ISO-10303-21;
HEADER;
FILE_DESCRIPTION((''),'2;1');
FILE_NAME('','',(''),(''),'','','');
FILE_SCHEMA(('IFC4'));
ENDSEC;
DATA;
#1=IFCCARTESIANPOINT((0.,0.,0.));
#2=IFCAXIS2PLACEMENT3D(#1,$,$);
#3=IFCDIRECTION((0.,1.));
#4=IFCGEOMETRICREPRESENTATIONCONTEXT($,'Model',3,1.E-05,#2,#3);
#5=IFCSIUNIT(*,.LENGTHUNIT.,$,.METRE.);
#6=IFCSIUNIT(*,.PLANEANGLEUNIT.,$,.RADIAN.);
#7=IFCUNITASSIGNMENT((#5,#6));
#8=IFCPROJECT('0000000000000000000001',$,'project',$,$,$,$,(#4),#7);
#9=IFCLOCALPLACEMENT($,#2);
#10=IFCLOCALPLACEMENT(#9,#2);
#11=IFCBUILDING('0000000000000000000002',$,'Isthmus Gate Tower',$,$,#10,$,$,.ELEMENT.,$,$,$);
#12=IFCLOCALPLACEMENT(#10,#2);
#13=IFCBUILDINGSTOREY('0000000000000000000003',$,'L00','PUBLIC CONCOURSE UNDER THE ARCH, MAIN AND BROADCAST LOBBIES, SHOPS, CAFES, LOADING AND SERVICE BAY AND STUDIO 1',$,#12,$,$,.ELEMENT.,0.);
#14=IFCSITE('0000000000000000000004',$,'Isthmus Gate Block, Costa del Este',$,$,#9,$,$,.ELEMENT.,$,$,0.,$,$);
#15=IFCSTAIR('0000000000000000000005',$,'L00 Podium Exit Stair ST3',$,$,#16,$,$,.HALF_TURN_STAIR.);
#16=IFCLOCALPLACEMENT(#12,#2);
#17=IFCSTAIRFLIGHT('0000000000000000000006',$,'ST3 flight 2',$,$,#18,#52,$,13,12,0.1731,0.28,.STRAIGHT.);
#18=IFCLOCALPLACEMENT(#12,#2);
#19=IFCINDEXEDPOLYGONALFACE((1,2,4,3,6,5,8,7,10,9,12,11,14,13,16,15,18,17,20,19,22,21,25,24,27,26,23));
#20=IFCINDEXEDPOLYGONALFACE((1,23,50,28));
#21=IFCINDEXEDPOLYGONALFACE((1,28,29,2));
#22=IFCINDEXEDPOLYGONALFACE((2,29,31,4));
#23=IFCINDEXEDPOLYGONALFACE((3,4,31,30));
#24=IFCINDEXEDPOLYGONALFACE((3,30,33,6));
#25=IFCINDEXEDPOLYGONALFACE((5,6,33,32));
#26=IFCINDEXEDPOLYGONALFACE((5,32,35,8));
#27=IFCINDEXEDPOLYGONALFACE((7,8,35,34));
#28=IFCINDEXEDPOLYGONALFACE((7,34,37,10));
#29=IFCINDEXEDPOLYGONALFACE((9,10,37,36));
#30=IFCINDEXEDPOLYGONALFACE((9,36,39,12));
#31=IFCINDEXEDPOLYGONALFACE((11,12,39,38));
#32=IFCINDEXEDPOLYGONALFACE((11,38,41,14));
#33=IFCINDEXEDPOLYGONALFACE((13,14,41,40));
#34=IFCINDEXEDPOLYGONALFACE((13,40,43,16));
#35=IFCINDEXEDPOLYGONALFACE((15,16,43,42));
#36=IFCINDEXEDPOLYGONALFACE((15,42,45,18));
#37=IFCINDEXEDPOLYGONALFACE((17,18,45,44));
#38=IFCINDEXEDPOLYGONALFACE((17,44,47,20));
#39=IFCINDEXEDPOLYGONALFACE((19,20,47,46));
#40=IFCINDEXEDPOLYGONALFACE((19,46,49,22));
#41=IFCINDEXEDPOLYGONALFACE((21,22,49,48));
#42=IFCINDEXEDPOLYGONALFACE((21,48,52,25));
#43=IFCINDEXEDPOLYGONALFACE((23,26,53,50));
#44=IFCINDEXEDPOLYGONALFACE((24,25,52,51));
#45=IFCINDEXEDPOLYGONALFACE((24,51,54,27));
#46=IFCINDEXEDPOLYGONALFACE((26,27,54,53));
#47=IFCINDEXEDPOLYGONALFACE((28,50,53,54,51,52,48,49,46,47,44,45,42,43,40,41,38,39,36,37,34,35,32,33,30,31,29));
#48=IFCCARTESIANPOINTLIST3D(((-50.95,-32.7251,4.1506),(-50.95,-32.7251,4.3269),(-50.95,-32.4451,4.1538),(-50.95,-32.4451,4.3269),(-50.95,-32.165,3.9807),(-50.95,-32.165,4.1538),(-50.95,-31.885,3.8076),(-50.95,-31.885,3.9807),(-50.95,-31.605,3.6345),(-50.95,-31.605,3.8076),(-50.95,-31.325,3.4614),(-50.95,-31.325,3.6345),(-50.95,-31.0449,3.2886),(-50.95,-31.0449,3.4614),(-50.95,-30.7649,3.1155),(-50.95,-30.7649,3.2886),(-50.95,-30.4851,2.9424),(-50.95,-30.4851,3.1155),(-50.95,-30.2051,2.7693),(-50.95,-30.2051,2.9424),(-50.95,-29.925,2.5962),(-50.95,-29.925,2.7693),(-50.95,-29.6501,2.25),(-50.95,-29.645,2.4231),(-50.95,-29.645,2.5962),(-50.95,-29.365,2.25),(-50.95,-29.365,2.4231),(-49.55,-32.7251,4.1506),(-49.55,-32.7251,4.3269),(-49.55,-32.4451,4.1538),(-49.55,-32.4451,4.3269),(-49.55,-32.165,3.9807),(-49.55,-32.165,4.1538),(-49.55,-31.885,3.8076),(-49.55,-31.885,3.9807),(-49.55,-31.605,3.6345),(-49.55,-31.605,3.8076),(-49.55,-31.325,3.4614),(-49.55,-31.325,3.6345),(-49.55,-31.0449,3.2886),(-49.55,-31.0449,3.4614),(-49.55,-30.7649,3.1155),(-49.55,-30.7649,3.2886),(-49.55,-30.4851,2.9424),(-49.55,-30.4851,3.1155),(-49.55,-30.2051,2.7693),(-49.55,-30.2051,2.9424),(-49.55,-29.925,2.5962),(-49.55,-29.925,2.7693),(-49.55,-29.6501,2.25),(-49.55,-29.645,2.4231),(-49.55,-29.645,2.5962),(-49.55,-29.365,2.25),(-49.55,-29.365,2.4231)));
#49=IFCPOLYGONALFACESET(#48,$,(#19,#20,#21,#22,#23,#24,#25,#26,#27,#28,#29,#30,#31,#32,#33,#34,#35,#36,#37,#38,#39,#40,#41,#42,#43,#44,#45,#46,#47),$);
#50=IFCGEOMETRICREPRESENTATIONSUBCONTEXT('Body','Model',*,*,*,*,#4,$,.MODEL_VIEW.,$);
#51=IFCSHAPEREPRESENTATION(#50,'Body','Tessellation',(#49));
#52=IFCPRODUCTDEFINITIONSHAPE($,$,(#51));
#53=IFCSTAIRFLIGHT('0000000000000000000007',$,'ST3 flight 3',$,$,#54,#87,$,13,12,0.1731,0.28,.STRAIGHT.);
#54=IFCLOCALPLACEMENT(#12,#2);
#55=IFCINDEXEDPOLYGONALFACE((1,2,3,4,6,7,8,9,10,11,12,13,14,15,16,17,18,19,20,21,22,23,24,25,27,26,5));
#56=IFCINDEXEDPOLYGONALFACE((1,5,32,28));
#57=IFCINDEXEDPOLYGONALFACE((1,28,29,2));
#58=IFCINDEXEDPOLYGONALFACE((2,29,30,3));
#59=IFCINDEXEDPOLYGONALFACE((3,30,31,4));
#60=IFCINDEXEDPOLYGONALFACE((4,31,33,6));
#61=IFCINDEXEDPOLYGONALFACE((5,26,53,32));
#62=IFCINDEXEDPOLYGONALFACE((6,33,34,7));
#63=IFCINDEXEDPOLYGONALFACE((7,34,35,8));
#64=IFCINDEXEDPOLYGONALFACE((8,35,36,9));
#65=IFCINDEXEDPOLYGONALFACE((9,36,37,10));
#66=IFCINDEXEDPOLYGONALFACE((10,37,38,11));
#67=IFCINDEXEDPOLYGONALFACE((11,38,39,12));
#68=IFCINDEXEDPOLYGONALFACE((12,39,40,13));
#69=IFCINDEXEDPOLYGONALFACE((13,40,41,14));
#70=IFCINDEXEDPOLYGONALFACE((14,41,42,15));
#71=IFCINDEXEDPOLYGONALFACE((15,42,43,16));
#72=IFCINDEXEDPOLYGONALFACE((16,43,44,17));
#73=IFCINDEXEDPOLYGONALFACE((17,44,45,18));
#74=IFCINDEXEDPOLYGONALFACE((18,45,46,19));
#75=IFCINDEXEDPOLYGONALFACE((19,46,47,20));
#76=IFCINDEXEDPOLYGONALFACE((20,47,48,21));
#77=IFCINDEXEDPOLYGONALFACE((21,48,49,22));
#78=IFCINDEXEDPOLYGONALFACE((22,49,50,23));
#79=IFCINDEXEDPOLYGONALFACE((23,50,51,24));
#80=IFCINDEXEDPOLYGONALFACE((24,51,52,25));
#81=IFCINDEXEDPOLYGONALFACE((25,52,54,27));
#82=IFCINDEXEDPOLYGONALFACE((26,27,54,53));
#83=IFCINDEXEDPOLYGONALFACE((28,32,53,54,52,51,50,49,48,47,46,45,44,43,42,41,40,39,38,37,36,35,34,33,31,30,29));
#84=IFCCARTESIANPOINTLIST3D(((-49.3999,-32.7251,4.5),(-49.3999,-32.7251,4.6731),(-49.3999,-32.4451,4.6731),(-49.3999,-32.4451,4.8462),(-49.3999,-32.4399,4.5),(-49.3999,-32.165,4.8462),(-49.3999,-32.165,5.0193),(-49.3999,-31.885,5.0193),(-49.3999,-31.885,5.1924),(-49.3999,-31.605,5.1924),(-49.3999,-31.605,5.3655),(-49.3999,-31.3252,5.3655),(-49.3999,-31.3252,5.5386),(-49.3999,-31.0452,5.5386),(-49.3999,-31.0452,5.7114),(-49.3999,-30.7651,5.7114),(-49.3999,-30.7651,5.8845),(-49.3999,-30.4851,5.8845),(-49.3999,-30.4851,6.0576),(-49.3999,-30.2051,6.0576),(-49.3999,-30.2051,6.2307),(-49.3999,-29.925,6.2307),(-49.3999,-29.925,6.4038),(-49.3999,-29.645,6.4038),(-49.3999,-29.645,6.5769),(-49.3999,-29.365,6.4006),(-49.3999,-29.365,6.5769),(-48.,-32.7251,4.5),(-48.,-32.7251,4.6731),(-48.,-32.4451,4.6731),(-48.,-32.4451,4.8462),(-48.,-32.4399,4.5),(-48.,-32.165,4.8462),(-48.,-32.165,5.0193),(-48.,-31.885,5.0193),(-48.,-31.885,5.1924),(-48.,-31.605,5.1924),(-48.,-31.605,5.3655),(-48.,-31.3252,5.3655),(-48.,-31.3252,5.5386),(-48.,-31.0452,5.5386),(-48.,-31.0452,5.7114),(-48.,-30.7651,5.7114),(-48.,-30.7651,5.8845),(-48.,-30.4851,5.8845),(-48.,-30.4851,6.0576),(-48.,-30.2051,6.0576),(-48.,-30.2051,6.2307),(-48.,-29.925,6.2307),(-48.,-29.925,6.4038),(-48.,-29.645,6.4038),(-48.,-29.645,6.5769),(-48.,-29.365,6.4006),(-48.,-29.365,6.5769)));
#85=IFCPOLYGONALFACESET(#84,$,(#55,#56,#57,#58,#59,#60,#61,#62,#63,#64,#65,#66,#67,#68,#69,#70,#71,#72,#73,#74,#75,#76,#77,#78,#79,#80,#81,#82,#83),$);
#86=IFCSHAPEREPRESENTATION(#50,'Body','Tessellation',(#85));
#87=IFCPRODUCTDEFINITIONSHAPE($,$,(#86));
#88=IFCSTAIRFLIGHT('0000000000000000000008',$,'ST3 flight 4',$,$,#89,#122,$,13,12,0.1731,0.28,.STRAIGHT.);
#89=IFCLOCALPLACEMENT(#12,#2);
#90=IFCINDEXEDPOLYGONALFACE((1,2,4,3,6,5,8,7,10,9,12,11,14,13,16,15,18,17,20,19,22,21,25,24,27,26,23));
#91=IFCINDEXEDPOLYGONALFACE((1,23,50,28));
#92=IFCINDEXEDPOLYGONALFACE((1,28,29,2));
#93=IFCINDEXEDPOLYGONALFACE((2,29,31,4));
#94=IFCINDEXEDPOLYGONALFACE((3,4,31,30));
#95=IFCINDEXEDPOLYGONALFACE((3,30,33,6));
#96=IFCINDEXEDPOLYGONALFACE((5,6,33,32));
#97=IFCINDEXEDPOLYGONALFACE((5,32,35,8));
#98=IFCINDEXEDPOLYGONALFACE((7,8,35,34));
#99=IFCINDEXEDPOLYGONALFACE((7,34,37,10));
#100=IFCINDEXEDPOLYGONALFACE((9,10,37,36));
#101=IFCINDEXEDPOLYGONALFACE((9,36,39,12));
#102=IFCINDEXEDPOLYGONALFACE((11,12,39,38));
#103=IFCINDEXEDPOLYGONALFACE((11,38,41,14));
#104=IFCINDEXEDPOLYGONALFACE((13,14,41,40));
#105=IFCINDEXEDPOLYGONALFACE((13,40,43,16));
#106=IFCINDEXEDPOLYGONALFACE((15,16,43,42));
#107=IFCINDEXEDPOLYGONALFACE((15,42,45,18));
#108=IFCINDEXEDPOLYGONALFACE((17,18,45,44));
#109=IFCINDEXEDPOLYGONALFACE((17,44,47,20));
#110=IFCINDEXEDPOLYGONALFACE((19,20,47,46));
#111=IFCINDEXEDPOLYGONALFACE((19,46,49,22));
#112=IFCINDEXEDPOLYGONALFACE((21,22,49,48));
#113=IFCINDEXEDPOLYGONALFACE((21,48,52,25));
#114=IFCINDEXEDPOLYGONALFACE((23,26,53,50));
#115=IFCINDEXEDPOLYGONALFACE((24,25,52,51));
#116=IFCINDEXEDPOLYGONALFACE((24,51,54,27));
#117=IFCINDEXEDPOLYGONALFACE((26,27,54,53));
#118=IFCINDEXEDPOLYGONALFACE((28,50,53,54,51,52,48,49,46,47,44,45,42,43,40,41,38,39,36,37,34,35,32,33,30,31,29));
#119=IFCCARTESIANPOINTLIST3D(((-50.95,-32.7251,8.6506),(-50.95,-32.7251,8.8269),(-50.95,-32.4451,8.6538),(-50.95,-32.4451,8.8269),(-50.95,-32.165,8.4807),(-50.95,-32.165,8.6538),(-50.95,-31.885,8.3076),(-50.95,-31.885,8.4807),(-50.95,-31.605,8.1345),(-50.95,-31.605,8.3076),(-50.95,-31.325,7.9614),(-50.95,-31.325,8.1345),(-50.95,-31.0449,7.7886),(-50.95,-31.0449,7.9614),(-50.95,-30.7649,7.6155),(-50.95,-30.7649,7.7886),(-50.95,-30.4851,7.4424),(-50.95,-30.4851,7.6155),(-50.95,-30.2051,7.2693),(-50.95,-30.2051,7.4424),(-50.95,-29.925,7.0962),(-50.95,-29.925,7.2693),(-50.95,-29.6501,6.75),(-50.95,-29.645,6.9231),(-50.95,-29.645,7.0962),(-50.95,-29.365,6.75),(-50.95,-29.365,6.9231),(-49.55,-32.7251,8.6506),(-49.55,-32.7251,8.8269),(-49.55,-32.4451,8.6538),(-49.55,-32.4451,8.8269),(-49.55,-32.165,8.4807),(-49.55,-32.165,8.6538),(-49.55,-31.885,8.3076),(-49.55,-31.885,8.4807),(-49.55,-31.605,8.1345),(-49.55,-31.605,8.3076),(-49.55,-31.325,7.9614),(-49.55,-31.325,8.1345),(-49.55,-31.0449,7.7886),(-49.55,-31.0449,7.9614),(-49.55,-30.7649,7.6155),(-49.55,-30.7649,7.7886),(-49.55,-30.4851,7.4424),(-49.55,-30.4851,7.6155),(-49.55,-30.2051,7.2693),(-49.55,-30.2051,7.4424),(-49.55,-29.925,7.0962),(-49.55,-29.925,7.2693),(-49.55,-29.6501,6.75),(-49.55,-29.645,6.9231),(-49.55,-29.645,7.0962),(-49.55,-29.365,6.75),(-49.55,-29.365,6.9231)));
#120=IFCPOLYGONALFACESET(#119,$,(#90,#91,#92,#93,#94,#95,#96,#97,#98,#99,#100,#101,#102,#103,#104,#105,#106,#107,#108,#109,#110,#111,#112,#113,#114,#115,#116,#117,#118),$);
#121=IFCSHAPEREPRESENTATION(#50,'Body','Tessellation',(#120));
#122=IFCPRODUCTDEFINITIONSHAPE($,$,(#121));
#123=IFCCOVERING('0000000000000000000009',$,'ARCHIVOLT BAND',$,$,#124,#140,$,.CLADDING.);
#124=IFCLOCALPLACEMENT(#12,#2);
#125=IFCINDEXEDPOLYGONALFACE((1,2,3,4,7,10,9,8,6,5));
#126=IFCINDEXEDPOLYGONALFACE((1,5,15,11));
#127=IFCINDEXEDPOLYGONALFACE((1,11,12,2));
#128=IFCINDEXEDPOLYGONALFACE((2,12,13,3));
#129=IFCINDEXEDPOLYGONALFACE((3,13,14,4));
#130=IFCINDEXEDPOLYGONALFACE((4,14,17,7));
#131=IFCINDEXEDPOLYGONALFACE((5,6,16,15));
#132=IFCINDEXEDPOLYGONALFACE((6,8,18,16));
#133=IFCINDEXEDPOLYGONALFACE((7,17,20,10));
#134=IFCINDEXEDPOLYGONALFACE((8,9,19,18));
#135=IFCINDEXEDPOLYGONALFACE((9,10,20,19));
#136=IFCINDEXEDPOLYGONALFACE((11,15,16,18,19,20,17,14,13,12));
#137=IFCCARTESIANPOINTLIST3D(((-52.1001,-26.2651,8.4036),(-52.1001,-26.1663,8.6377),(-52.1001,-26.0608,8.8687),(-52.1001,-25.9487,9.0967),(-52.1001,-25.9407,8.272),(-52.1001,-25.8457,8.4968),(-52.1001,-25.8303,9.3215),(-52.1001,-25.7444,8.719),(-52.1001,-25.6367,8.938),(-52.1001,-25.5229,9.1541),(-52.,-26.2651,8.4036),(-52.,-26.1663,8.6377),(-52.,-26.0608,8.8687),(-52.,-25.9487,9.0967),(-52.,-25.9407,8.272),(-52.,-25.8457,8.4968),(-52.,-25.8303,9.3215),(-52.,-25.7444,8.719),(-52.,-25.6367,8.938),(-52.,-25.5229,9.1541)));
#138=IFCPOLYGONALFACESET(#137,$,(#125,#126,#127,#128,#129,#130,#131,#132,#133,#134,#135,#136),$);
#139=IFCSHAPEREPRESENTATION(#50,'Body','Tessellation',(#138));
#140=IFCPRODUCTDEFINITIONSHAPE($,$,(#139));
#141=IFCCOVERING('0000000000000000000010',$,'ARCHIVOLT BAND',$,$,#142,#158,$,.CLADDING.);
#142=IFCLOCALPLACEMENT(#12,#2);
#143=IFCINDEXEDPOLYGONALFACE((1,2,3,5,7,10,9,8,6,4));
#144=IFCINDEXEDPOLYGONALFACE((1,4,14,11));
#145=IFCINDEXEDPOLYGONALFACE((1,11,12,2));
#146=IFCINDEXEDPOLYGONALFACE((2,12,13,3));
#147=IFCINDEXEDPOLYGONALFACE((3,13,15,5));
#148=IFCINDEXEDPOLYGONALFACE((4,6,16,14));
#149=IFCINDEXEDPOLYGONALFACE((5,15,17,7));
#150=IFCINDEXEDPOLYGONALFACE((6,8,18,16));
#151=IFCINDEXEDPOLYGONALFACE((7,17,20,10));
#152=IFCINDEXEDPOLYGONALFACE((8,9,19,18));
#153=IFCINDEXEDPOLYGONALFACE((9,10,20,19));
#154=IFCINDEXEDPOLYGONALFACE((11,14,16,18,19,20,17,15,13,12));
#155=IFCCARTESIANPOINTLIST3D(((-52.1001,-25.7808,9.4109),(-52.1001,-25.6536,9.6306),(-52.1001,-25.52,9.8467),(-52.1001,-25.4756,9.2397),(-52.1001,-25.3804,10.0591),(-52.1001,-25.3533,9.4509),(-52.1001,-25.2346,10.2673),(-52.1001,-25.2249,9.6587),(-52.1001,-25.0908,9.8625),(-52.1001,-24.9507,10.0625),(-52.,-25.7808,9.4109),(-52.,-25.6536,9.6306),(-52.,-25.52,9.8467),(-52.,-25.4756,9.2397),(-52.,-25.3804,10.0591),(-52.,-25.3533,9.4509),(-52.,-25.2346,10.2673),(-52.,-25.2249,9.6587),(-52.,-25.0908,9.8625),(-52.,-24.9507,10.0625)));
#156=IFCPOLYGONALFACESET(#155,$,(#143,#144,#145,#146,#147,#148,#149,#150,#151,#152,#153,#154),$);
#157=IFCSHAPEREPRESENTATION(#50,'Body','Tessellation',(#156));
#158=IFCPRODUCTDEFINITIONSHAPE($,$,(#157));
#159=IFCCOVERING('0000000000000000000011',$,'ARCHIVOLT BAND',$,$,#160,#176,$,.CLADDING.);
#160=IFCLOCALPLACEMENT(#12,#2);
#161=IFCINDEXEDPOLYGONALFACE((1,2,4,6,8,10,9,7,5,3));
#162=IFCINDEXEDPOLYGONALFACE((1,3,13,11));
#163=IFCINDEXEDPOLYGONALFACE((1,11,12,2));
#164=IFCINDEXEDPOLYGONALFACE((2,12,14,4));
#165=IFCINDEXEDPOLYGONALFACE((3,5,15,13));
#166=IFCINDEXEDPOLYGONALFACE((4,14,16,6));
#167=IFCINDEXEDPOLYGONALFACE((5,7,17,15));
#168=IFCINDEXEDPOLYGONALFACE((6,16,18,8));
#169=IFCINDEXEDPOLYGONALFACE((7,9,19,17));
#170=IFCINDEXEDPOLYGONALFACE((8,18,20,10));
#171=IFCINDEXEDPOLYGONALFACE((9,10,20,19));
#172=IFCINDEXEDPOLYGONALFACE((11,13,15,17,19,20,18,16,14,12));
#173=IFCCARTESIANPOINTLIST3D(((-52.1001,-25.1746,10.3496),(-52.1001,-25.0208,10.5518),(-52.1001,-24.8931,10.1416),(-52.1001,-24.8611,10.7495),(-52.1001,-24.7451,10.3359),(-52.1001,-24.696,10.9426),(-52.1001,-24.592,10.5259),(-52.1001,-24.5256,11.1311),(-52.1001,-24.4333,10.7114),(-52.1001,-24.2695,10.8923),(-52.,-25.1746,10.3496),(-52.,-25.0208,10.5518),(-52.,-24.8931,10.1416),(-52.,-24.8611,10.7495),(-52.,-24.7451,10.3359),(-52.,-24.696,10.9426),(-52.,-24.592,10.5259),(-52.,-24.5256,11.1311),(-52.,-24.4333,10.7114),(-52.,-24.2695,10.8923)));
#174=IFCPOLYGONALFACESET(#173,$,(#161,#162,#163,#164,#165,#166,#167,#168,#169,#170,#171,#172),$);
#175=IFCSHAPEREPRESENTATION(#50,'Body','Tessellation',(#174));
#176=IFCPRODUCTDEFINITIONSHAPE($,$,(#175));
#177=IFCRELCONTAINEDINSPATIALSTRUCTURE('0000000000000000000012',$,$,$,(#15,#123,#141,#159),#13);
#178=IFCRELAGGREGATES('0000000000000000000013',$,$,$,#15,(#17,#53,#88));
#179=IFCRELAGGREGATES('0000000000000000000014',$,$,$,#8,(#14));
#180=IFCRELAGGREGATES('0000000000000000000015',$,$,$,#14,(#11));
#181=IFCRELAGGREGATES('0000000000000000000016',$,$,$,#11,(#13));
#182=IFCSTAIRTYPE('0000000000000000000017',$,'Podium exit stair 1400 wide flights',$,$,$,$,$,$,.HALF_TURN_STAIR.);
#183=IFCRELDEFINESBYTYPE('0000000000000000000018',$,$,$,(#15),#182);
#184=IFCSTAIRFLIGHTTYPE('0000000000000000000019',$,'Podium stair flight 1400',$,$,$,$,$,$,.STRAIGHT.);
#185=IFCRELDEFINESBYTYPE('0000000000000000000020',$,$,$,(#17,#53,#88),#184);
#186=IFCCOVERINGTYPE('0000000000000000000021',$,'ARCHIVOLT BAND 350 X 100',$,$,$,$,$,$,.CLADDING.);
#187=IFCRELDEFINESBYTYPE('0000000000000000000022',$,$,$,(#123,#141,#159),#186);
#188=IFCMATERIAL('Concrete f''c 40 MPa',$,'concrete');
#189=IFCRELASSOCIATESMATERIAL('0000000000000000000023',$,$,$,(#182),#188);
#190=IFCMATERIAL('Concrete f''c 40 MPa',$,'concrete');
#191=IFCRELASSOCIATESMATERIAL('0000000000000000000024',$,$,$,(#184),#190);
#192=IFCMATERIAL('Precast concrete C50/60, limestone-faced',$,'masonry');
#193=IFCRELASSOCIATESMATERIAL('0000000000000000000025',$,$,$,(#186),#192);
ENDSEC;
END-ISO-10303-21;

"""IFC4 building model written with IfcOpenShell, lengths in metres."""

from ifc_helpers import new_model, si_unit, direction, frame, origin, place, context, subcontext, project, spatial, polyline, outline, extrude, material, type_object, element, aggregate, save


model = new_model("IFC4")

# Units and contexts
model_context = context("Model", 3, precision=1e-05, world=origin(), true_north=direction((0.0, 1.0)))
body_context = subcontext(model_context, "Body", "Model", "MODEL_VIEW")
ifc_project = project(units=[si_unit("LENGTHUNIT", "METRE"), si_unit("PLANEANGLEUNIT", "RADIAN")], contexts=[model_context])

# Site, building, storey
site_placement = place(None, origin())
site = spatial("IfcSite", under=ifc_project, at=site_placement, Name="Isthmus Gate Block, Costa del Este", CompositionType="ELEMENT", RefElevation=0.0)
building_placement = place(site_placement, origin())
building = spatial("IfcBuilding", under=site, at=building_placement, Name="Isthmus Gate Tower", CompositionType="ELEMENT")
storey_placement = place(building_placement, origin())
storey = spatial("IfcBuildingStorey", under=building, at=storey_placement, Name="L00", Description="PUBLIC CONCOURSE UNDER THE ARCH, MAIN AND BROADCAST LOBBIES, SHOPS, CAFES, LOADING AND SERVICE BAY AND STUDIO 1", CompositionType="ELEMENT", Elevation=0.0)

# Stair, stair flights
ifc_material_1 = material(Name="Concrete f'c 40 MPa", Category="concrete")
stair_type = type_object("IfcStairType", Name="Podium exit stair 1400 wide flights", PredefinedType="HALF_TURN_STAIR", material=ifc_material_1)
stair_placement = place(storey_placement, origin())
stair = element("IfcStair", 1, at=stair_placement, inside=storey, type_object=stair_type, Name="L00 Podium Exit Stair ST3", PredefinedType="HALF_TURN_STAIR")
ifc_material_2 = material(Name="Concrete f'c 40 MPa", Category="concrete")
stair_flight_type = type_object("IfcStairFlightType", Name="Podium stair flight 1400", PredefinedType="STRAIGHT", material=ifc_material_2)
stair_flight_1_placement = place(storey_placement, frame((-50.25, -29.365, 2.25), z_axis=(0.0, 0.0, 1.0), x_axis=(0.0, -1.0, 0.0)))
stair_flight_1 = element("IfcStairFlight", 2, at=stair_flight_1_placement, type_object=stair_flight_type, Name="ST3 flight 2", NumberOfRisers=13, NumberOfTreads=12, PredefinedType="STRAIGHT", RiserHeight=0.1731, TreadLength=0.28, context=body_context, shape_type="SweptSolid", body=[
    extrude(outline(polyline([(0.0, 0.0), (0.0, 0.1731), (0.28, 0.1731), (0.28, 0.3462), (0.5601, 0.3462), (0.5601, 0.5193), (0.8401, 0.5193), (0.8401, 0.6924), (1.1201, 0.6924), (1.1201, 0.8655), (1.3999, 0.8655), (1.3999, 1.0386), (1.6799, 1.0386), (1.6799, 1.2114), (1.96, 1.2114), (1.96, 1.3845), (2.24, 1.3845), (2.24, 1.5576), (2.52, 1.5576), (2.52, 1.7307), (2.8, 1.7307), (2.8, 1.9038), (3.0801, 1.9038), (3.0801, 2.0769), (3.3601, 2.0769), (3.3601, 2.25), (3.3601, 1.9006), (0.2852, 0.0), (0.0, 0.0)])), frame((0.0, 0.7, 0.0), z_axis=(0.0, -1.0, 0.0), x_axis=(1.0, 0.0, 0.0)), (0.0, 0.0, 1.0), 1.3999),
])
stair_flight_2_placement = place(storey_placement, frame((-48.7, -32.7251, 4.5), z_axis=(0.0, 0.0, 1.0), x_axis=(0.0, 1.0, 0.0)))
stair_flight_2 = element("IfcStairFlight", 3, at=stair_flight_2_placement, type_object=stair_flight_type, Name="ST3 flight 3", NumberOfRisers=13, NumberOfTreads=12, PredefinedType="STRAIGHT", RiserHeight=0.1731, TreadLength=0.28, context=body_context, shape_type="SweptSolid", body=[
    extrude(outline(polyline([(0.0, 0.0), (0.0, 0.1731), (0.28, 0.1731), (0.28, 0.3462), (0.5601, 0.3462), (0.5601, 0.5193), (0.8401, 0.5193), (0.8401, 0.6924), (1.1201, 0.6924), (1.1201, 0.8655), (1.3999, 0.8655), (1.3999, 1.0386), (1.6799, 1.0386), (1.6799, 1.2114), (1.96, 1.2114), (1.96, 1.3845), (2.24, 1.3845), (2.24, 1.5576), (2.52, 1.5576), (2.52, 1.7307), (2.8, 1.7307), (2.8, 1.9038), (3.0801, 1.9038), (3.0801, 2.0769), (3.3601, 2.0769), (3.3601, 2.25), (3.3601, 1.9006), (0.2852, 0.0), (0.0, 0.0)])), frame((0.0, 0.7, 0.0), z_axis=(0.0, -1.0, 0.0), x_axis=(1.0, 0.0, 0.0)), (0.0, 0.0, 1.0), 1.3999),
])
stair_flight_3_placement = place(storey_placement, frame((-50.25, -29.365, 6.75), z_axis=(0.0, 0.0, 1.0), x_axis=(0.0, -1.0, 0.0)))
stair_flight_3 = element("IfcStairFlight", 4, at=stair_flight_3_placement, type_object=stair_flight_type, Name="ST3 flight 4", NumberOfRisers=13, NumberOfTreads=12, PredefinedType="STRAIGHT", RiserHeight=0.1731, TreadLength=0.28, context=body_context, shape_type="SweptSolid", body=[
    extrude(outline(polyline([(0.0, 0.0), (0.0, 0.1731), (0.28, 0.1731), (0.28, 0.3462), (0.5601, 0.3462), (0.5601, 0.5193), (0.8401, 0.5193), (0.8401, 0.6924), (1.1201, 0.6924), (1.1201, 0.8655), (1.3999, 0.8655), (1.3999, 1.0386), (1.6799, 1.0386), (1.6799, 1.2114), (1.96, 1.2114), (1.96, 1.3845), (2.24, 1.3845), (2.24, 1.5576), (2.52, 1.5576), (2.52, 1.7307), (2.8, 1.7307), (2.8, 1.9038), (3.0801, 1.9038), (3.0801, 2.0769), (3.3601, 2.0769), (3.3601, 2.25), (3.3601, 1.9006), (0.2852, 0.0), (0.0, 0.0)])), frame((0.0, 0.7, 0.0), z_axis=(0.0, -1.0, 0.0), x_axis=(1.0, 0.0, 0.0)), (0.0, 0.0, 1.0), 1.3999),
])
aggregate(stair, [stair_flight_1, stair_flight_2, stair_flight_3])

# Coverings
ifc_material_3 = material(Name="Precast concrete C50/60, limestone-faced", Category="masonry")
covering_type_1 = type_object("IfcCoveringType", Name="ARCHIVOLT BAND 350 X 100", PredefinedType="CLADDING", material=ifc_material_3)
covering_1_placement = place(storey_placement, frame((-52.1001, -26.2651, 8.4036), z_axis=(-1.0, 0.0, 0.0), x_axis=(0.0, 0.389045, 0.921219)))
element("IfcCovering", 5, at=covering_1_placement, inside=storey, type_object=covering_type_1, Name="ARCHIVOLT BAND", PredefinedType="CLADDING", context=body_context, shape_type="SweptSolid", body=[
    extrude(outline(polyline([(0.0, 0.0), (0.2542, 0.0), (0.5079, 0.0073), (0.7616, 0.0218), (1.0148, 0.0434), (0.9801, 0.3917), (0.7368, 0.371), (0.4932, 0.357), (0.2491, 0.3501), (0.005, 0.3501), (0.0, 0.0)])), origin(), (0.0, 0.0, -1.0), 0.1001),
])
covering_2_placement = place(storey_placement, frame((-52.1001, -25.7808, 9.4109), z_axis=(-1.0, 0.0, 0.0), x_axis=(0.0, 0.500998, 0.865448)))
element("IfcCovering", 6, at=covering_2_placement, inside=storey, type_object=covering_type_1, Name="ARCHIVOLT BAND", PredefinedType="CLADDING", context=body_context, shape_type="SweptSolid", body=[
    extrude(outline(polyline([(0.0, 0.0), (0.2539, 0.0), (0.5078, 0.0073), (0.7616, 0.0218), (1.0148, 0.0436), (0.9798, 0.3919), (0.7365, 0.3708), (0.493, 0.357), (0.2488, 0.3499), (0.0048, 0.3499), (0.0, 0.0)])), origin(), (0.0, 0.0, -1.0), 0.1001),
])
covering_3_placement = place(storey_placement, frame((-52.1001, -25.1746, 10.3496), z_axis=(-1.0, 0.0, 0.0), x_axis=(0.0, 0.605522, 0.795829)))
element("IfcCovering", 7, at=covering_3_placement, inside=storey, type_object=covering_type_1, Name="ARCHIVOLT BAND", PredefinedType="CLADDING", context=body_context, shape_type="SweptSolid", body=[
    extrude(outline(polyline([(0.0, 0.0), (0.254, 0.0), (0.5081, 0.0073), (0.7617, 0.0217), (1.0149, 0.0432), (0.9799, 0.3916), (0.7368, 0.3708), (0.493, 0.3569), (0.2492, 0.35), (0.0049, 0.35), (0.0, 0.0)])), origin(), (0.0, 0.0, -1.0), 0.1001),
])

save(model, "model.ifc")
